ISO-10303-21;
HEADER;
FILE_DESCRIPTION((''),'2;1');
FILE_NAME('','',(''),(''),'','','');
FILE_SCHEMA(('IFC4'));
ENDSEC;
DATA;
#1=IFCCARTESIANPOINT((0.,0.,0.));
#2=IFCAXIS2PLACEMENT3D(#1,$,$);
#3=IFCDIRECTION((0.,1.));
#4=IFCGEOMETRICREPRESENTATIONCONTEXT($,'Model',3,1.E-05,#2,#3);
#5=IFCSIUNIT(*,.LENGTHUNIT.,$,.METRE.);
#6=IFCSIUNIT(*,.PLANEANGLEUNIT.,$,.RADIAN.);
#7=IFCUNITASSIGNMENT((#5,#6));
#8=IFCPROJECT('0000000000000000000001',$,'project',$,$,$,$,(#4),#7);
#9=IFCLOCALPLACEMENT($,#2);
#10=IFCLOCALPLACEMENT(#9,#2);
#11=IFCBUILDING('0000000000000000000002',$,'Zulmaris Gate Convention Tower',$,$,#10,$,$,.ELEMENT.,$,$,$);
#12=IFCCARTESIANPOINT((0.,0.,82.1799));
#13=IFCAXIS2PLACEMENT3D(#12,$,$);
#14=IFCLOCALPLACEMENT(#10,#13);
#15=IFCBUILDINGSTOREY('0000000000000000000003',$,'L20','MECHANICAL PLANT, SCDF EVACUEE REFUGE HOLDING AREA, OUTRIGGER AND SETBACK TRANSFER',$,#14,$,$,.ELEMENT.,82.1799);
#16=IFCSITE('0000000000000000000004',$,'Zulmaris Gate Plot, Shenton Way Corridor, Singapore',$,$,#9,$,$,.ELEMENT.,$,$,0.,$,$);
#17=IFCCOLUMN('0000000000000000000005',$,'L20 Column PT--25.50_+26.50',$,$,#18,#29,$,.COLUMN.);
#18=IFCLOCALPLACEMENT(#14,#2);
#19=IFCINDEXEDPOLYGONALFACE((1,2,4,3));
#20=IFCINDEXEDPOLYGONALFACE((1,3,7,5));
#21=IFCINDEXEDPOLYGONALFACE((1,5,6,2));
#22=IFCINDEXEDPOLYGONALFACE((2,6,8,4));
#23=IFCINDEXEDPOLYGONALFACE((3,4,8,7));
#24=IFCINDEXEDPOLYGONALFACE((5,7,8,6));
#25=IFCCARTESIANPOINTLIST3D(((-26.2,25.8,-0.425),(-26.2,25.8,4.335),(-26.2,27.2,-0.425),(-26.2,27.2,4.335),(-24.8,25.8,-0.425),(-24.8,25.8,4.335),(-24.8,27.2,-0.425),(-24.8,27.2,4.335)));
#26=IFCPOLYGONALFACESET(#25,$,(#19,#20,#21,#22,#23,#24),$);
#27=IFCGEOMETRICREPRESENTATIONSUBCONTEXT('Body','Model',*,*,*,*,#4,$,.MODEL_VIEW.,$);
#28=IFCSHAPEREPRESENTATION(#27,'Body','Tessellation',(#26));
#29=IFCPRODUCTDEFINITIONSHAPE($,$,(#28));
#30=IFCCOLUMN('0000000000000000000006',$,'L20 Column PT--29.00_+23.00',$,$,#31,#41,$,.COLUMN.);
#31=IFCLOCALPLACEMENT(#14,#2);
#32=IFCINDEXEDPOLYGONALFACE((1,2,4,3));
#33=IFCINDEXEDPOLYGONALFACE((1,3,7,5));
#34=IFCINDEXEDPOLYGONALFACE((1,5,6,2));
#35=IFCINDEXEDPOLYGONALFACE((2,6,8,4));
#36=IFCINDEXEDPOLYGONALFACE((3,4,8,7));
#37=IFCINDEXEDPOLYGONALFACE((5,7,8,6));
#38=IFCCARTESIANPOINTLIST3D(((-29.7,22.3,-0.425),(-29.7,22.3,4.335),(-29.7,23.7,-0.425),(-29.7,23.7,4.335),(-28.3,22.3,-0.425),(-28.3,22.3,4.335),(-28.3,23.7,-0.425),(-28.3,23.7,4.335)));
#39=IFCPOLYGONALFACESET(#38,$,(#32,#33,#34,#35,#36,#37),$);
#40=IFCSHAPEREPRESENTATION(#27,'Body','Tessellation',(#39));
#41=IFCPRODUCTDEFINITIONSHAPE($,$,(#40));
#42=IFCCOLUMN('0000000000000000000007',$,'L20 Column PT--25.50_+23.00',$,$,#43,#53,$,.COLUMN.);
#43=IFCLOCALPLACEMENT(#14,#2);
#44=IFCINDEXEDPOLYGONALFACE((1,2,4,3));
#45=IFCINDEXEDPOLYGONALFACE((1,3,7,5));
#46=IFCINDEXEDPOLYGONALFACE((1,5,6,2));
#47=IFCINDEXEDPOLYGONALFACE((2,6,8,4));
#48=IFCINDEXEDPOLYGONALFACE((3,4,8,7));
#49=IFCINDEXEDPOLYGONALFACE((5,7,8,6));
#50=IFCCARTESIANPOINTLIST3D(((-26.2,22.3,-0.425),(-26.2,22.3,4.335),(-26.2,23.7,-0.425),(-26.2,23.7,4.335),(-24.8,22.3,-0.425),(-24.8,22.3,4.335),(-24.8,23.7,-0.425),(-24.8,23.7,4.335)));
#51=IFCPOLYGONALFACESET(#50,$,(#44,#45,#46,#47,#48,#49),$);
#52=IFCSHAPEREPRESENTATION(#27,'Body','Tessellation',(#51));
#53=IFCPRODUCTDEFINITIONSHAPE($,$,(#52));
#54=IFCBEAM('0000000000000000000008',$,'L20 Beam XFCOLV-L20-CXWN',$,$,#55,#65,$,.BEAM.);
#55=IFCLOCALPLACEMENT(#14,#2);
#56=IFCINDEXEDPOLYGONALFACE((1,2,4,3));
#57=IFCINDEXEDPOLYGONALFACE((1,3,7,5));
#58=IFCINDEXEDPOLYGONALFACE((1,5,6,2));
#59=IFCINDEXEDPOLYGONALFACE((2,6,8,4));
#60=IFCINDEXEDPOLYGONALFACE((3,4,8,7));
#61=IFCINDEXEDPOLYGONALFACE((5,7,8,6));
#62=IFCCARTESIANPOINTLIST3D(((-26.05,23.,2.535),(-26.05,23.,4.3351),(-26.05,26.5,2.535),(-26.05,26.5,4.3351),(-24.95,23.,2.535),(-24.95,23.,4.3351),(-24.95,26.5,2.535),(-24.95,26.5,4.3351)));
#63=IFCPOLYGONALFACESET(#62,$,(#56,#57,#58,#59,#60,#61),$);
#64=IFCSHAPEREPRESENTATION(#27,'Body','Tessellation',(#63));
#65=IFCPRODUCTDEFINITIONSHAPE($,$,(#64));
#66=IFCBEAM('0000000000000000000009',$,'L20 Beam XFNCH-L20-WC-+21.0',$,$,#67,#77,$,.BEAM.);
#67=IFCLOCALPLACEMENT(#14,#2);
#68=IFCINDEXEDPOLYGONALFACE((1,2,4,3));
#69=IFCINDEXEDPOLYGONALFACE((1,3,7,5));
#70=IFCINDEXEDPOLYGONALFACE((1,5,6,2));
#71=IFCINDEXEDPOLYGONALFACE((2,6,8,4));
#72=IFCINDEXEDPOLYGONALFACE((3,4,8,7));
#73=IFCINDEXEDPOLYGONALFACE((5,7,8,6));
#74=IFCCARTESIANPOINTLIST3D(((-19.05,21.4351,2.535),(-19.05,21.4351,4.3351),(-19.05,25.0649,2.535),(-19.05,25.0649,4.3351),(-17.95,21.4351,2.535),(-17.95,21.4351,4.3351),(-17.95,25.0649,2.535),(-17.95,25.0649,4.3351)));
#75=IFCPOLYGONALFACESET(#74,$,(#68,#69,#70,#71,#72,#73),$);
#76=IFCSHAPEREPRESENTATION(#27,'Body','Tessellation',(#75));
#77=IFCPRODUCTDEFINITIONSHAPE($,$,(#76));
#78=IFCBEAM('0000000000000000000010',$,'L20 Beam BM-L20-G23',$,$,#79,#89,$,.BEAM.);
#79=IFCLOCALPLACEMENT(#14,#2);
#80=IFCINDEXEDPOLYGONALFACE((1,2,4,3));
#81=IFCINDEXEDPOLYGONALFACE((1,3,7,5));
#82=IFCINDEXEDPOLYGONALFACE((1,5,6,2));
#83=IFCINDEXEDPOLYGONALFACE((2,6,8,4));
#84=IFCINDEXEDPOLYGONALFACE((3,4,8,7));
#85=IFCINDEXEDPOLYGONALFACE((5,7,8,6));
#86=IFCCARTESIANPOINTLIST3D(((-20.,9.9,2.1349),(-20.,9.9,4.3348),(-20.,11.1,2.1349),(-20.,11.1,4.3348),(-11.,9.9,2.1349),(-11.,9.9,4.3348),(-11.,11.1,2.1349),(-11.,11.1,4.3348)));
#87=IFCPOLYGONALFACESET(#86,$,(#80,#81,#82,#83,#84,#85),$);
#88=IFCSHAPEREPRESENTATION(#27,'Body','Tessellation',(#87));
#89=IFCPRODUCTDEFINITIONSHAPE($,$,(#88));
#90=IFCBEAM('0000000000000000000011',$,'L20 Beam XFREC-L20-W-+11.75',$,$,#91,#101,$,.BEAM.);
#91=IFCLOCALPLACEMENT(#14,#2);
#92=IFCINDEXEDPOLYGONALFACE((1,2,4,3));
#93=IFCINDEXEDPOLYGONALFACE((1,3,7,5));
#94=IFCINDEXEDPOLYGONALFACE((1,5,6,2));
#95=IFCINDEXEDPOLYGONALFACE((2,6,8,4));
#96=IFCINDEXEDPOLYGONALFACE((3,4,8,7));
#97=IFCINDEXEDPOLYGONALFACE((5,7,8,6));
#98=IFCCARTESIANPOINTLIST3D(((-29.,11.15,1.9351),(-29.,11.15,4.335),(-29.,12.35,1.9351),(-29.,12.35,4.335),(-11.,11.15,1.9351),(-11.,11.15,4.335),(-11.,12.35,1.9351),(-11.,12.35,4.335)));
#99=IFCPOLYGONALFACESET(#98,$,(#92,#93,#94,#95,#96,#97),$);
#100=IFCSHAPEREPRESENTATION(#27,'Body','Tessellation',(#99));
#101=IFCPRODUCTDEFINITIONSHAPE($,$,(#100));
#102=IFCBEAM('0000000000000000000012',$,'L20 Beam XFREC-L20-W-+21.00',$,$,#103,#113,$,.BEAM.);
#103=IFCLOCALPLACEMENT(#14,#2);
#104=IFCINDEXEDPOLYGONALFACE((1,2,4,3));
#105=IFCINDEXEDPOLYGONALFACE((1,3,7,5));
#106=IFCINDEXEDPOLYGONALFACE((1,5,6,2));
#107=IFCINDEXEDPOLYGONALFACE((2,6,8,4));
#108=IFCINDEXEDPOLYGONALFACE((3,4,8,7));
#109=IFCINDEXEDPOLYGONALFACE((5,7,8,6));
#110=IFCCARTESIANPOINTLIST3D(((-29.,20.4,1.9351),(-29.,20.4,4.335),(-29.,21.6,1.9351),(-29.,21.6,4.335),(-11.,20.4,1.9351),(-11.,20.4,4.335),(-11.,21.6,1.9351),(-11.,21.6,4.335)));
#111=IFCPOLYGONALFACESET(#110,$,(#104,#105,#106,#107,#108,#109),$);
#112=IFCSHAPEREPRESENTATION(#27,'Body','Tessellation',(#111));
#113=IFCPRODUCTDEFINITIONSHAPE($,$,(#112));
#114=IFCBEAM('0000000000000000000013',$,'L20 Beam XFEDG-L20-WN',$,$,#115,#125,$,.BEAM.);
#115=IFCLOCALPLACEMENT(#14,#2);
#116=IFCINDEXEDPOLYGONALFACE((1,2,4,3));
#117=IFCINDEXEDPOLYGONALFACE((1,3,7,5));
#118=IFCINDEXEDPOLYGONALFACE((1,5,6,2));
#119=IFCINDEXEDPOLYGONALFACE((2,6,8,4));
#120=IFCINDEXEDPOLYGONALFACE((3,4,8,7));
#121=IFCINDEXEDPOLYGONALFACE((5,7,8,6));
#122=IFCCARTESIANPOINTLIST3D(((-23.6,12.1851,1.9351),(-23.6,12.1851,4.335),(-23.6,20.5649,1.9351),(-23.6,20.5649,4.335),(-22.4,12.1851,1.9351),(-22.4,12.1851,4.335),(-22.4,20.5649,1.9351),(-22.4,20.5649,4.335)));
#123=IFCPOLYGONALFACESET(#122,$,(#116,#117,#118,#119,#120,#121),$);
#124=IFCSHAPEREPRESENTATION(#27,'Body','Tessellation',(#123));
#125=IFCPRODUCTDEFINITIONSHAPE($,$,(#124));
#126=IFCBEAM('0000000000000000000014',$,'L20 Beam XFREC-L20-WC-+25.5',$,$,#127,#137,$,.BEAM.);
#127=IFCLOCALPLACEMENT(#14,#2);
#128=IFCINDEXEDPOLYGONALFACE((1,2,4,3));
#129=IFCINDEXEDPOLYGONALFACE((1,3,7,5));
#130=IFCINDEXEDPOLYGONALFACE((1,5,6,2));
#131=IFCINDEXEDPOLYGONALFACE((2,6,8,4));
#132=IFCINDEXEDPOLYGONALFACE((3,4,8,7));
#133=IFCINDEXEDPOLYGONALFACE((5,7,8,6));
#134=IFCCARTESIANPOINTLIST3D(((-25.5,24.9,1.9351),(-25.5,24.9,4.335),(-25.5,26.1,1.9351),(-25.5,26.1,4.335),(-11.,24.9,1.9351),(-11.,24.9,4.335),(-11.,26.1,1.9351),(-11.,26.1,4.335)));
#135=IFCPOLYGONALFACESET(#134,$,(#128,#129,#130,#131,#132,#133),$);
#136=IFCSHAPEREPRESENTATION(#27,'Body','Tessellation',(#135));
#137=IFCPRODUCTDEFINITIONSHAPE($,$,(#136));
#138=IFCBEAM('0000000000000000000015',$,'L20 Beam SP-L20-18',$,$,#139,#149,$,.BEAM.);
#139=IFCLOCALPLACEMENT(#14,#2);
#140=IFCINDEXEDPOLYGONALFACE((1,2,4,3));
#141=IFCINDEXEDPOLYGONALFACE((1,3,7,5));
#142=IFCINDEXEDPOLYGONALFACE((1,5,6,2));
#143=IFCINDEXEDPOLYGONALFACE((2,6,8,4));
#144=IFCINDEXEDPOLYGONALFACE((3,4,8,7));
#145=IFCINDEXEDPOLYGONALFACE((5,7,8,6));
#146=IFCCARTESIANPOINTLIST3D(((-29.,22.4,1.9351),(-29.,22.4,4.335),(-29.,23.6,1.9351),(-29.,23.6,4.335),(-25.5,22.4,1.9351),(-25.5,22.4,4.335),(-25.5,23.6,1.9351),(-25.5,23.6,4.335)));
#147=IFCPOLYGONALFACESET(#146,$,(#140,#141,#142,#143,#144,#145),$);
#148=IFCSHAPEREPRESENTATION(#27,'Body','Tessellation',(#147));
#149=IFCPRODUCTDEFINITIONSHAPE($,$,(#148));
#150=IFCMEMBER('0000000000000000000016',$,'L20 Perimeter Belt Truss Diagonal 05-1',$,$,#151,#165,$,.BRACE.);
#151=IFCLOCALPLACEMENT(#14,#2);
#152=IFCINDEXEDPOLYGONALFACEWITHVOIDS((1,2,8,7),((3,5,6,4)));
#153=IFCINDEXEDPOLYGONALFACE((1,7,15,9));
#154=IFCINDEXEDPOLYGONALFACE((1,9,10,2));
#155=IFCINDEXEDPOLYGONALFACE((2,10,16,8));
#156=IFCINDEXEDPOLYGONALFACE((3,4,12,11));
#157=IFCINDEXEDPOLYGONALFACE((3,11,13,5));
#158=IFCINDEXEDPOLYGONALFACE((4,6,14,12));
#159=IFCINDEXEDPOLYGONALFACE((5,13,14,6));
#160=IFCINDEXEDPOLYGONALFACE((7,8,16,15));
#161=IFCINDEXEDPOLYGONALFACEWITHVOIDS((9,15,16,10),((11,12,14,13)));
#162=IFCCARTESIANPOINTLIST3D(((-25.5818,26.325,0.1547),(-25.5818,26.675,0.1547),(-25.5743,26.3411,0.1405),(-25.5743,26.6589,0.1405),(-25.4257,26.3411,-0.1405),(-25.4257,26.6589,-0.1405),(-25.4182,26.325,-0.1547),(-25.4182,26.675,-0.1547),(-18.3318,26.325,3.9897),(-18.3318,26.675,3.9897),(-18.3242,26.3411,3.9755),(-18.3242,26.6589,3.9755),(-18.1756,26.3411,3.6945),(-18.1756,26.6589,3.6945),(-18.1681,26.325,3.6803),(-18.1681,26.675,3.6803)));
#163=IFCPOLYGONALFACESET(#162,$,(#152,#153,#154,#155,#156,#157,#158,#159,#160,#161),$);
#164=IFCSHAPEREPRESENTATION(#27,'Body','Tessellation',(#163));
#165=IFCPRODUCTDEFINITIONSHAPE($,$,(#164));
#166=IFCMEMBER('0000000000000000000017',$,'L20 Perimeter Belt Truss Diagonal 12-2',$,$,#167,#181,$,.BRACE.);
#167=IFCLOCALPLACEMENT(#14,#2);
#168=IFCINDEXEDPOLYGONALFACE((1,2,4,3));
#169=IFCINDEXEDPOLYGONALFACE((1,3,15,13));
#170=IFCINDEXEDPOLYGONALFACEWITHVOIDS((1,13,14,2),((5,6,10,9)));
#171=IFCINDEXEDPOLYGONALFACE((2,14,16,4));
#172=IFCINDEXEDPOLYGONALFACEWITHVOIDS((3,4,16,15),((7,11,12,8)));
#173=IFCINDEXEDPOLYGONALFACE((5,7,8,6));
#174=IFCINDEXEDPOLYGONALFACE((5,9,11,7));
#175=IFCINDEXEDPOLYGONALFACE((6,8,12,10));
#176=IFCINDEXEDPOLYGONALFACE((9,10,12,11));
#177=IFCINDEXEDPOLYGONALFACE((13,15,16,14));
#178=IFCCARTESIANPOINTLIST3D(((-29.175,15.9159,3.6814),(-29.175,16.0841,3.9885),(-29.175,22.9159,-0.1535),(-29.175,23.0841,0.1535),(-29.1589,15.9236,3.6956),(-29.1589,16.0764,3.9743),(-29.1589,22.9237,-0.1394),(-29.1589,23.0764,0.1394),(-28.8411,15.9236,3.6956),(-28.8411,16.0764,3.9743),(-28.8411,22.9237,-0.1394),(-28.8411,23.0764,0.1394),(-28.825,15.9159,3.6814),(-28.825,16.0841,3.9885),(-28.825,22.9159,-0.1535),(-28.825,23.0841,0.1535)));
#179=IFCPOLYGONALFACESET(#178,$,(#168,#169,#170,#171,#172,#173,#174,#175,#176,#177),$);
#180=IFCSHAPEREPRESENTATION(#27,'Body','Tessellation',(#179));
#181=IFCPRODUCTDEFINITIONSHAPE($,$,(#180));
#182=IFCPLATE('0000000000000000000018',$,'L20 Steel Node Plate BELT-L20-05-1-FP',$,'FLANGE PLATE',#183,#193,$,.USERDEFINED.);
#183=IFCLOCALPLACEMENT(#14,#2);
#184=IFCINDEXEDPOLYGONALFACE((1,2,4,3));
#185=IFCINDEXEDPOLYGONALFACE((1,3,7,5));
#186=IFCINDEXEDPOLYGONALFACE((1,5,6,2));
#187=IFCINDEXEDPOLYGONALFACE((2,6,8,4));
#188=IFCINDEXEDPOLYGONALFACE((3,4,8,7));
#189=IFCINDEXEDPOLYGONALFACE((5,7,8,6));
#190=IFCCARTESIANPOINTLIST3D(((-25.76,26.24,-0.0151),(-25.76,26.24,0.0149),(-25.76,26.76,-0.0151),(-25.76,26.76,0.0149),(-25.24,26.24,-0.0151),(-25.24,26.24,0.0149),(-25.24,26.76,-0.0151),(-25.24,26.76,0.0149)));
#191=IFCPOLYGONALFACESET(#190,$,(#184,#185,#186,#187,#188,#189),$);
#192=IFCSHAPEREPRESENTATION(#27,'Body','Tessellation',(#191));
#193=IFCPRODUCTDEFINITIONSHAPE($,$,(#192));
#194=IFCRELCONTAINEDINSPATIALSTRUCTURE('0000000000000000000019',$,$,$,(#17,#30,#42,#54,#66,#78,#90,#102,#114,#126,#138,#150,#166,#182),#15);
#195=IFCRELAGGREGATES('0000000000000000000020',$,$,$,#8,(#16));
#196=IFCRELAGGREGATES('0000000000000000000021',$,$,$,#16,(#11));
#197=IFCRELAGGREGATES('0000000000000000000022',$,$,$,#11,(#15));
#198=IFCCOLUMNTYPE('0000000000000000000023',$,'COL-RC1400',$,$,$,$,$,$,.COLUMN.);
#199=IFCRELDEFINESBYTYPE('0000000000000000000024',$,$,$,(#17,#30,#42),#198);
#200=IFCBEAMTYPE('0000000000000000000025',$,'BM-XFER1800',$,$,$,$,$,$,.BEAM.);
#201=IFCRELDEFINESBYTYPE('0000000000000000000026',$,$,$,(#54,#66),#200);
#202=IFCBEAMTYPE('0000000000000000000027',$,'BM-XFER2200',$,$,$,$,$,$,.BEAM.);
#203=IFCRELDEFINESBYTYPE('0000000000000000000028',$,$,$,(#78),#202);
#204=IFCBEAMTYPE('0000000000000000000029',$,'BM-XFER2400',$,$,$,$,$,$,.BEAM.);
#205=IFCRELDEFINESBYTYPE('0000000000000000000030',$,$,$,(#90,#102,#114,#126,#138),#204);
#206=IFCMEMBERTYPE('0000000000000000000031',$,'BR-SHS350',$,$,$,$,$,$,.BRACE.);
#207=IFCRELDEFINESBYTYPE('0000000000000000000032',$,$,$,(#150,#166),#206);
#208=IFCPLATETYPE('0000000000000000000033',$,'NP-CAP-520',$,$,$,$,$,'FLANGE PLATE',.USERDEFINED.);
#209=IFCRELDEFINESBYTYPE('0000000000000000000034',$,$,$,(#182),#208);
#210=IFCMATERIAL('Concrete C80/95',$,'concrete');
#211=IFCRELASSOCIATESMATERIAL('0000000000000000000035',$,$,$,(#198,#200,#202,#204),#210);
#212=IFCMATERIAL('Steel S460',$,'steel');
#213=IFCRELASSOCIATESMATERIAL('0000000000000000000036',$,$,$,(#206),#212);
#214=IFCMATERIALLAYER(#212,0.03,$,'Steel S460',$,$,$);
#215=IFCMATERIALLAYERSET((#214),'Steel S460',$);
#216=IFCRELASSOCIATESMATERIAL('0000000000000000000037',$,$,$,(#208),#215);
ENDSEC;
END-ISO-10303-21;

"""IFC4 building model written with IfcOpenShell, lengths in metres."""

from ifc_helpers import new_model, si_unit, direction, frame, origin, origin_2d, place, context, subcontext, project, spatial, rectangle, hollow_rectangle, extrude, material, layer, layer_set, material_profile, profile_set, type_object, element, save


model = new_model("IFC4")

# Units and contexts
model_context = context("Model", 3, precision=1e-05, world=origin(), true_north=direction((0.0, 1.0)))
body_context = subcontext(model_context, "Body", "Model", "MODEL_VIEW")
ifc_project = project(units=[si_unit("LENGTHUNIT", "METRE"), si_unit("PLANEANGLEUNIT", "RADIAN")], contexts=[model_context])

# Site, building, storey
site_placement = place(None, origin())
site = spatial("IfcSite", under=ifc_project, at=site_placement, Name="Zulmaris Gate Plot, Shenton Way Corridor, Singapore", CompositionType="ELEMENT", RefElevation=0.0)
building_placement = place(site_placement, origin())
building = spatial("IfcBuilding", under=site, at=building_placement, Name="Zulmaris Gate Convention Tower", CompositionType="ELEMENT")
storey_placement = place(building_placement, frame((0.0, 0.0, 82.1799)))
storey = spatial("IfcBuildingStorey", under=building, at=storey_placement, Name="L20", Description="MECHANICAL PLANT, SCDF EVACUEE REFUGE HOLDING AREA, OUTRIGGER AND SETBACK TRANSFER", CompositionType="ELEMENT", Elevation=82.1799)

# Columns
ifc_material_1 = material(Name="Concrete C80/95", Category="concrete")
ifc_material_profile_1 = material_profile(ifc_material_1, rectangle(XDim=1.3999, YDim=1.3999, at=origin_2d()), Name="RC COL 1400x1400")
ifc_profile_set_1 = profile_set([ifc_material_profile_1], Name="Concrete C80/95")
column_type = type_object("IfcColumnType", Name="COL-RC1400", PredefinedType="COLUMN", material=ifc_profile_set_1)
for number, where, z_axis, x_axis, name in (
    (1, (-25.5, 26.5, -0.425), (0.0, 0.0, 1.0), (1.0, 0.0, 0.0), "L20 Column PT--25.50_+26.50"),
    (2, (-29.0, 23.0, -0.425), (0.0, 0.0, 1.0), (1.0, 0.0, 0.0), "L20 Column PT--29.00_+23.00"),
    (3, (-25.5, 23.0, -0.425), (0.0, 0.0, 1.0), (1.0, 0.0, 0.0), "L20 Column PT--25.50_+23.00"),
):
    element("IfcColumn", number, at=place(storey_placement, frame(where, z_axis=z_axis, x_axis=x_axis)), inside=storey, type_object=column_type, Name=name, PredefinedType="COLUMN", context=body_context, shape_type="SweptSolid", body=[
        extrude(rectangle(XDim=1.3999, YDim=1.3999, at=origin_2d()), origin(), (0.0, 0.0, 1.0), 4.76),
    ])

# Beams
ifc_material_profile_2 = material_profile(ifc_material_1, rectangle(XDim=1.1001, YDim=1.8, at=origin_2d()), Name="RC TRANSFER 1100x1800")
ifc_profile_set_2 = profile_set([ifc_material_profile_2], Name="Concrete C80/95")
beam_type_1 = type_object("IfcBeamType", Name="BM-XFER1800", PredefinedType="BEAM", material=ifc_profile_set_2)
beam_1_placement = place(storey_placement, frame((-25.5, 23.0, 3.4351), z_axis=(0.0, 1.0, 0.0), x_axis=(-1.0, 0.0, 0.0)))
element("IfcBeam", 4, at=beam_1_placement, inside=storey, type_object=beam_type_1, Name="L20 Beam XFCOLV-L20-CXWN", PredefinedType="BEAM", context=body_context, shape_type="SweptSolid", body=[
    extrude(rectangle(XDim=1.1001, YDim=1.8, at=origin_2d()), origin(), (0.0, 0.0, 1.0), 3.5),
])
beam_2_placement = place(storey_placement, frame((-18.5, 21.4351, 3.4351), z_axis=(0.0, 1.0, 0.0), x_axis=(-1.0, 0.0, 0.0)))
element("IfcBeam", 5, at=beam_2_placement, inside=storey, type_object=beam_type_1, Name="L20 Beam XFNCH-L20-WC-+21.0", PredefinedType="BEAM", context=body_context, shape_type="SweptSolid", body=[
    extrude(rectangle(XDim=1.1001, YDim=1.8, at=origin_2d()), origin(), (0.0, 0.0, 1.0), 3.6299),
])
ifc_material_profile_3 = material_profile(ifc_material_1, rectangle(XDim=1.2, YDim=2.2, at=origin_2d()), Name="RC TRANSFER 1200x2200")
ifc_profile_set_3 = profile_set([ifc_material_profile_3], Name="Concrete C80/95")
beam_type_2 = type_object("IfcBeamType", Name="BM-XFER2200", PredefinedType="BEAM", material=ifc_profile_set_3)
beam_3_placement = place(storey_placement, frame((-20.0, 10.5, 3.2349), z_axis=(1.0, 0.0, 0.0), x_axis=(0.0, 1.0, 0.0)))
element("IfcBeam", 6, at=beam_3_placement, inside=storey, type_object=beam_type_2, Name="L20 Beam BM-L20-G23", PredefinedType="BEAM", context=body_context, shape_type="SweptSolid", body=[
    extrude(rectangle(XDim=1.2, YDim=2.2, at=origin_2d()), origin(), (0.0, 0.0, 1.0), 9.0),
])
ifc_material_profile_4 = material_profile(ifc_material_1, rectangle(XDim=1.2, YDim=2.3999, at=origin_2d()), Name="RC TRANSFER 1200x2400")
ifc_profile_set_4 = profile_set([ifc_material_profile_4], Name="Concrete C80/95")
beam_type_3 = type_object("IfcBeamType", Name="BM-XFER2400", PredefinedType="BEAM", material=ifc_profile_set_4)
for number, where, z_axis, x_axis, name in (
    (7, (-29.0, 11.75, 3.135), (1.0, 0.0, 0.0), (0.0, 1.0, 0.0), "L20 Beam XFREC-L20-W-+11.75"),
    (8, (-29.0, 21.0, 3.135), (1.0, 0.0, 0.0), (0.0, 1.0, 0.0), "L20 Beam XFREC-L20-W-+21.00"),
):
    element("IfcBeam", number, at=place(storey_placement, frame(where, z_axis=z_axis, x_axis=x_axis)), inside=storey, type_object=beam_type_3, Name=name, PredefinedType="BEAM", context=body_context, shape_type="SweptSolid", body=[
        extrude(rectangle(XDim=1.2, YDim=2.3999, at=origin_2d()), origin(), (0.0, 0.0, 1.0), 18.0),
    ])
beam_4_placement = place(storey_placement, frame((-23.0, 12.1851, 3.135), z_axis=(0.0, 1.0, 0.0), x_axis=(-1.0, 0.0, 0.0)))
element("IfcBeam", 9, at=beam_4_placement, inside=storey, type_object=beam_type_3, Name="L20 Beam XFEDG-L20-WN", PredefinedType="BEAM", context=body_context, shape_type="SweptSolid", body=[
    extrude(rectangle(XDim=1.2, YDim=2.3999, at=origin_2d()), origin(), (0.0, 0.0, 1.0), 8.3799),
])
beam_5_placement = place(storey_placement, frame((-25.5, 25.5, 3.135), z_axis=(1.0, 0.0, 0.0), x_axis=(0.0, 1.0, 0.0)))
element("IfcBeam", 10, at=beam_5_placement, inside=storey, type_object=beam_type_3, Name="L20 Beam XFREC-L20-WC-+25.5", PredefinedType="BEAM", context=body_context, shape_type="SweptSolid", body=[
    extrude(rectangle(XDim=1.2, YDim=2.3999, at=origin_2d()), origin(), (0.0, 0.0, 1.0), 14.5),
])
beam_6_placement = place(storey_placement, frame((-25.5, 23.0, 3.135), z_axis=(-1.0, 0.0, 0.0), x_axis=(0.0, -1.0, 0.0)))
element("IfcBeam", 11, at=beam_6_placement, inside=storey, type_object=beam_type_3, Name="L20 Beam SP-L20-18", PredefinedType="BEAM", context=body_context, shape_type="SweptSolid", body=[
    extrude(rectangle(XDim=1.2, YDim=2.3999, at=origin_2d()), origin(), (0.0, 0.0, 1.0), 3.5),
])

# Members
ifc_material_2 = material(Name="Steel S460", Category="steel")
ifc_material_profile_5 = material_profile(ifc_material_2, hollow_rectangle(XDim=0.3501, YDim=0.3501, WallThickness=0.0161, at=origin_2d()), Name="SHS 350x350x16")
ifc_profile_set_5 = profile_set([ifc_material_profile_5], Name="Steel S460")
member_type = type_object("IfcMemberType", Name="BR-SHS350", PredefinedType="BRACE", material=ifc_profile_set_5)
member_1_placement = place(storey_placement, frame((-25.5, 26.5, 0.0), z_axis=(0.883953, 0.0, 0.467576), x_axis=(0.0, 1.0, 0.0)))
element("IfcMember", 12, at=member_1_placement, inside=storey, type_object=member_type, Name="L20 Perimeter Belt Truss Diagonal 05-1", PredefinedType="BRACE", context=body_context, shape_type="SweptSolid", body=[
    extrude(hollow_rectangle(XDim=0.3501, YDim=0.3501, WallThickness=0.0161, at=origin_2d()), origin(), (0.0, 0.0, 1.0), 8.2019),
])
member_2_placement = place(storey_placement, frame((-29.0, 16.0, 3.835), z_axis=(0.0, 0.87701, -0.480471), x_axis=(-1.0, 0.0, 0.0)))
element("IfcMember", 13, at=member_2_placement, inside=storey, type_object=member_type, Name="L20 Perimeter Belt Truss Diagonal 12-2", PredefinedType="BRACE", context=body_context, shape_type="SweptSolid", body=[
    extrude(hollow_rectangle(XDim=0.3501, YDim=0.3501, WallThickness=0.0161, at=origin_2d()), origin(), (0.0, 0.0, 1.0), 7.9817),
])

# Plate
ifc_layer_1 = layer(ifc_material_2, 0.03, Name="Steel S460")
ifc_layer_set_1 = layer_set([ifc_layer_1], Name="Steel S460")
plate_type_1 = type_object("IfcPlateType", Name="NP-CAP-520", ElementType="FLANGE PLATE", PredefinedType="USERDEFINED", material=ifc_layer_set_1)
for number, where, z_axis, x_axis, name in (
    (14, (-25.5, 26.5, -0.0151), (0.0, 0.0, 1.0), (1.0, 0.0, 0.0), "L20 Steel Node Plate BELT-L20-05-1-FP"),
):
    element("IfcPlate", number, at=place(storey_placement, frame(where, z_axis=z_axis, x_axis=x_axis)), inside=storey, type_object=plate_type_1, Name=name, ObjectType="FLANGE PLATE", PredefinedType="USERDEFINED", context=body_context, shape_type="SweptSolid", body=[
        extrude(rectangle(XDim=0.52, YDim=0.52, at=origin_2d()), origin(), (0.0, 0.0, 1.0), 0.03),
    ])

save(model, "model.ifc")
